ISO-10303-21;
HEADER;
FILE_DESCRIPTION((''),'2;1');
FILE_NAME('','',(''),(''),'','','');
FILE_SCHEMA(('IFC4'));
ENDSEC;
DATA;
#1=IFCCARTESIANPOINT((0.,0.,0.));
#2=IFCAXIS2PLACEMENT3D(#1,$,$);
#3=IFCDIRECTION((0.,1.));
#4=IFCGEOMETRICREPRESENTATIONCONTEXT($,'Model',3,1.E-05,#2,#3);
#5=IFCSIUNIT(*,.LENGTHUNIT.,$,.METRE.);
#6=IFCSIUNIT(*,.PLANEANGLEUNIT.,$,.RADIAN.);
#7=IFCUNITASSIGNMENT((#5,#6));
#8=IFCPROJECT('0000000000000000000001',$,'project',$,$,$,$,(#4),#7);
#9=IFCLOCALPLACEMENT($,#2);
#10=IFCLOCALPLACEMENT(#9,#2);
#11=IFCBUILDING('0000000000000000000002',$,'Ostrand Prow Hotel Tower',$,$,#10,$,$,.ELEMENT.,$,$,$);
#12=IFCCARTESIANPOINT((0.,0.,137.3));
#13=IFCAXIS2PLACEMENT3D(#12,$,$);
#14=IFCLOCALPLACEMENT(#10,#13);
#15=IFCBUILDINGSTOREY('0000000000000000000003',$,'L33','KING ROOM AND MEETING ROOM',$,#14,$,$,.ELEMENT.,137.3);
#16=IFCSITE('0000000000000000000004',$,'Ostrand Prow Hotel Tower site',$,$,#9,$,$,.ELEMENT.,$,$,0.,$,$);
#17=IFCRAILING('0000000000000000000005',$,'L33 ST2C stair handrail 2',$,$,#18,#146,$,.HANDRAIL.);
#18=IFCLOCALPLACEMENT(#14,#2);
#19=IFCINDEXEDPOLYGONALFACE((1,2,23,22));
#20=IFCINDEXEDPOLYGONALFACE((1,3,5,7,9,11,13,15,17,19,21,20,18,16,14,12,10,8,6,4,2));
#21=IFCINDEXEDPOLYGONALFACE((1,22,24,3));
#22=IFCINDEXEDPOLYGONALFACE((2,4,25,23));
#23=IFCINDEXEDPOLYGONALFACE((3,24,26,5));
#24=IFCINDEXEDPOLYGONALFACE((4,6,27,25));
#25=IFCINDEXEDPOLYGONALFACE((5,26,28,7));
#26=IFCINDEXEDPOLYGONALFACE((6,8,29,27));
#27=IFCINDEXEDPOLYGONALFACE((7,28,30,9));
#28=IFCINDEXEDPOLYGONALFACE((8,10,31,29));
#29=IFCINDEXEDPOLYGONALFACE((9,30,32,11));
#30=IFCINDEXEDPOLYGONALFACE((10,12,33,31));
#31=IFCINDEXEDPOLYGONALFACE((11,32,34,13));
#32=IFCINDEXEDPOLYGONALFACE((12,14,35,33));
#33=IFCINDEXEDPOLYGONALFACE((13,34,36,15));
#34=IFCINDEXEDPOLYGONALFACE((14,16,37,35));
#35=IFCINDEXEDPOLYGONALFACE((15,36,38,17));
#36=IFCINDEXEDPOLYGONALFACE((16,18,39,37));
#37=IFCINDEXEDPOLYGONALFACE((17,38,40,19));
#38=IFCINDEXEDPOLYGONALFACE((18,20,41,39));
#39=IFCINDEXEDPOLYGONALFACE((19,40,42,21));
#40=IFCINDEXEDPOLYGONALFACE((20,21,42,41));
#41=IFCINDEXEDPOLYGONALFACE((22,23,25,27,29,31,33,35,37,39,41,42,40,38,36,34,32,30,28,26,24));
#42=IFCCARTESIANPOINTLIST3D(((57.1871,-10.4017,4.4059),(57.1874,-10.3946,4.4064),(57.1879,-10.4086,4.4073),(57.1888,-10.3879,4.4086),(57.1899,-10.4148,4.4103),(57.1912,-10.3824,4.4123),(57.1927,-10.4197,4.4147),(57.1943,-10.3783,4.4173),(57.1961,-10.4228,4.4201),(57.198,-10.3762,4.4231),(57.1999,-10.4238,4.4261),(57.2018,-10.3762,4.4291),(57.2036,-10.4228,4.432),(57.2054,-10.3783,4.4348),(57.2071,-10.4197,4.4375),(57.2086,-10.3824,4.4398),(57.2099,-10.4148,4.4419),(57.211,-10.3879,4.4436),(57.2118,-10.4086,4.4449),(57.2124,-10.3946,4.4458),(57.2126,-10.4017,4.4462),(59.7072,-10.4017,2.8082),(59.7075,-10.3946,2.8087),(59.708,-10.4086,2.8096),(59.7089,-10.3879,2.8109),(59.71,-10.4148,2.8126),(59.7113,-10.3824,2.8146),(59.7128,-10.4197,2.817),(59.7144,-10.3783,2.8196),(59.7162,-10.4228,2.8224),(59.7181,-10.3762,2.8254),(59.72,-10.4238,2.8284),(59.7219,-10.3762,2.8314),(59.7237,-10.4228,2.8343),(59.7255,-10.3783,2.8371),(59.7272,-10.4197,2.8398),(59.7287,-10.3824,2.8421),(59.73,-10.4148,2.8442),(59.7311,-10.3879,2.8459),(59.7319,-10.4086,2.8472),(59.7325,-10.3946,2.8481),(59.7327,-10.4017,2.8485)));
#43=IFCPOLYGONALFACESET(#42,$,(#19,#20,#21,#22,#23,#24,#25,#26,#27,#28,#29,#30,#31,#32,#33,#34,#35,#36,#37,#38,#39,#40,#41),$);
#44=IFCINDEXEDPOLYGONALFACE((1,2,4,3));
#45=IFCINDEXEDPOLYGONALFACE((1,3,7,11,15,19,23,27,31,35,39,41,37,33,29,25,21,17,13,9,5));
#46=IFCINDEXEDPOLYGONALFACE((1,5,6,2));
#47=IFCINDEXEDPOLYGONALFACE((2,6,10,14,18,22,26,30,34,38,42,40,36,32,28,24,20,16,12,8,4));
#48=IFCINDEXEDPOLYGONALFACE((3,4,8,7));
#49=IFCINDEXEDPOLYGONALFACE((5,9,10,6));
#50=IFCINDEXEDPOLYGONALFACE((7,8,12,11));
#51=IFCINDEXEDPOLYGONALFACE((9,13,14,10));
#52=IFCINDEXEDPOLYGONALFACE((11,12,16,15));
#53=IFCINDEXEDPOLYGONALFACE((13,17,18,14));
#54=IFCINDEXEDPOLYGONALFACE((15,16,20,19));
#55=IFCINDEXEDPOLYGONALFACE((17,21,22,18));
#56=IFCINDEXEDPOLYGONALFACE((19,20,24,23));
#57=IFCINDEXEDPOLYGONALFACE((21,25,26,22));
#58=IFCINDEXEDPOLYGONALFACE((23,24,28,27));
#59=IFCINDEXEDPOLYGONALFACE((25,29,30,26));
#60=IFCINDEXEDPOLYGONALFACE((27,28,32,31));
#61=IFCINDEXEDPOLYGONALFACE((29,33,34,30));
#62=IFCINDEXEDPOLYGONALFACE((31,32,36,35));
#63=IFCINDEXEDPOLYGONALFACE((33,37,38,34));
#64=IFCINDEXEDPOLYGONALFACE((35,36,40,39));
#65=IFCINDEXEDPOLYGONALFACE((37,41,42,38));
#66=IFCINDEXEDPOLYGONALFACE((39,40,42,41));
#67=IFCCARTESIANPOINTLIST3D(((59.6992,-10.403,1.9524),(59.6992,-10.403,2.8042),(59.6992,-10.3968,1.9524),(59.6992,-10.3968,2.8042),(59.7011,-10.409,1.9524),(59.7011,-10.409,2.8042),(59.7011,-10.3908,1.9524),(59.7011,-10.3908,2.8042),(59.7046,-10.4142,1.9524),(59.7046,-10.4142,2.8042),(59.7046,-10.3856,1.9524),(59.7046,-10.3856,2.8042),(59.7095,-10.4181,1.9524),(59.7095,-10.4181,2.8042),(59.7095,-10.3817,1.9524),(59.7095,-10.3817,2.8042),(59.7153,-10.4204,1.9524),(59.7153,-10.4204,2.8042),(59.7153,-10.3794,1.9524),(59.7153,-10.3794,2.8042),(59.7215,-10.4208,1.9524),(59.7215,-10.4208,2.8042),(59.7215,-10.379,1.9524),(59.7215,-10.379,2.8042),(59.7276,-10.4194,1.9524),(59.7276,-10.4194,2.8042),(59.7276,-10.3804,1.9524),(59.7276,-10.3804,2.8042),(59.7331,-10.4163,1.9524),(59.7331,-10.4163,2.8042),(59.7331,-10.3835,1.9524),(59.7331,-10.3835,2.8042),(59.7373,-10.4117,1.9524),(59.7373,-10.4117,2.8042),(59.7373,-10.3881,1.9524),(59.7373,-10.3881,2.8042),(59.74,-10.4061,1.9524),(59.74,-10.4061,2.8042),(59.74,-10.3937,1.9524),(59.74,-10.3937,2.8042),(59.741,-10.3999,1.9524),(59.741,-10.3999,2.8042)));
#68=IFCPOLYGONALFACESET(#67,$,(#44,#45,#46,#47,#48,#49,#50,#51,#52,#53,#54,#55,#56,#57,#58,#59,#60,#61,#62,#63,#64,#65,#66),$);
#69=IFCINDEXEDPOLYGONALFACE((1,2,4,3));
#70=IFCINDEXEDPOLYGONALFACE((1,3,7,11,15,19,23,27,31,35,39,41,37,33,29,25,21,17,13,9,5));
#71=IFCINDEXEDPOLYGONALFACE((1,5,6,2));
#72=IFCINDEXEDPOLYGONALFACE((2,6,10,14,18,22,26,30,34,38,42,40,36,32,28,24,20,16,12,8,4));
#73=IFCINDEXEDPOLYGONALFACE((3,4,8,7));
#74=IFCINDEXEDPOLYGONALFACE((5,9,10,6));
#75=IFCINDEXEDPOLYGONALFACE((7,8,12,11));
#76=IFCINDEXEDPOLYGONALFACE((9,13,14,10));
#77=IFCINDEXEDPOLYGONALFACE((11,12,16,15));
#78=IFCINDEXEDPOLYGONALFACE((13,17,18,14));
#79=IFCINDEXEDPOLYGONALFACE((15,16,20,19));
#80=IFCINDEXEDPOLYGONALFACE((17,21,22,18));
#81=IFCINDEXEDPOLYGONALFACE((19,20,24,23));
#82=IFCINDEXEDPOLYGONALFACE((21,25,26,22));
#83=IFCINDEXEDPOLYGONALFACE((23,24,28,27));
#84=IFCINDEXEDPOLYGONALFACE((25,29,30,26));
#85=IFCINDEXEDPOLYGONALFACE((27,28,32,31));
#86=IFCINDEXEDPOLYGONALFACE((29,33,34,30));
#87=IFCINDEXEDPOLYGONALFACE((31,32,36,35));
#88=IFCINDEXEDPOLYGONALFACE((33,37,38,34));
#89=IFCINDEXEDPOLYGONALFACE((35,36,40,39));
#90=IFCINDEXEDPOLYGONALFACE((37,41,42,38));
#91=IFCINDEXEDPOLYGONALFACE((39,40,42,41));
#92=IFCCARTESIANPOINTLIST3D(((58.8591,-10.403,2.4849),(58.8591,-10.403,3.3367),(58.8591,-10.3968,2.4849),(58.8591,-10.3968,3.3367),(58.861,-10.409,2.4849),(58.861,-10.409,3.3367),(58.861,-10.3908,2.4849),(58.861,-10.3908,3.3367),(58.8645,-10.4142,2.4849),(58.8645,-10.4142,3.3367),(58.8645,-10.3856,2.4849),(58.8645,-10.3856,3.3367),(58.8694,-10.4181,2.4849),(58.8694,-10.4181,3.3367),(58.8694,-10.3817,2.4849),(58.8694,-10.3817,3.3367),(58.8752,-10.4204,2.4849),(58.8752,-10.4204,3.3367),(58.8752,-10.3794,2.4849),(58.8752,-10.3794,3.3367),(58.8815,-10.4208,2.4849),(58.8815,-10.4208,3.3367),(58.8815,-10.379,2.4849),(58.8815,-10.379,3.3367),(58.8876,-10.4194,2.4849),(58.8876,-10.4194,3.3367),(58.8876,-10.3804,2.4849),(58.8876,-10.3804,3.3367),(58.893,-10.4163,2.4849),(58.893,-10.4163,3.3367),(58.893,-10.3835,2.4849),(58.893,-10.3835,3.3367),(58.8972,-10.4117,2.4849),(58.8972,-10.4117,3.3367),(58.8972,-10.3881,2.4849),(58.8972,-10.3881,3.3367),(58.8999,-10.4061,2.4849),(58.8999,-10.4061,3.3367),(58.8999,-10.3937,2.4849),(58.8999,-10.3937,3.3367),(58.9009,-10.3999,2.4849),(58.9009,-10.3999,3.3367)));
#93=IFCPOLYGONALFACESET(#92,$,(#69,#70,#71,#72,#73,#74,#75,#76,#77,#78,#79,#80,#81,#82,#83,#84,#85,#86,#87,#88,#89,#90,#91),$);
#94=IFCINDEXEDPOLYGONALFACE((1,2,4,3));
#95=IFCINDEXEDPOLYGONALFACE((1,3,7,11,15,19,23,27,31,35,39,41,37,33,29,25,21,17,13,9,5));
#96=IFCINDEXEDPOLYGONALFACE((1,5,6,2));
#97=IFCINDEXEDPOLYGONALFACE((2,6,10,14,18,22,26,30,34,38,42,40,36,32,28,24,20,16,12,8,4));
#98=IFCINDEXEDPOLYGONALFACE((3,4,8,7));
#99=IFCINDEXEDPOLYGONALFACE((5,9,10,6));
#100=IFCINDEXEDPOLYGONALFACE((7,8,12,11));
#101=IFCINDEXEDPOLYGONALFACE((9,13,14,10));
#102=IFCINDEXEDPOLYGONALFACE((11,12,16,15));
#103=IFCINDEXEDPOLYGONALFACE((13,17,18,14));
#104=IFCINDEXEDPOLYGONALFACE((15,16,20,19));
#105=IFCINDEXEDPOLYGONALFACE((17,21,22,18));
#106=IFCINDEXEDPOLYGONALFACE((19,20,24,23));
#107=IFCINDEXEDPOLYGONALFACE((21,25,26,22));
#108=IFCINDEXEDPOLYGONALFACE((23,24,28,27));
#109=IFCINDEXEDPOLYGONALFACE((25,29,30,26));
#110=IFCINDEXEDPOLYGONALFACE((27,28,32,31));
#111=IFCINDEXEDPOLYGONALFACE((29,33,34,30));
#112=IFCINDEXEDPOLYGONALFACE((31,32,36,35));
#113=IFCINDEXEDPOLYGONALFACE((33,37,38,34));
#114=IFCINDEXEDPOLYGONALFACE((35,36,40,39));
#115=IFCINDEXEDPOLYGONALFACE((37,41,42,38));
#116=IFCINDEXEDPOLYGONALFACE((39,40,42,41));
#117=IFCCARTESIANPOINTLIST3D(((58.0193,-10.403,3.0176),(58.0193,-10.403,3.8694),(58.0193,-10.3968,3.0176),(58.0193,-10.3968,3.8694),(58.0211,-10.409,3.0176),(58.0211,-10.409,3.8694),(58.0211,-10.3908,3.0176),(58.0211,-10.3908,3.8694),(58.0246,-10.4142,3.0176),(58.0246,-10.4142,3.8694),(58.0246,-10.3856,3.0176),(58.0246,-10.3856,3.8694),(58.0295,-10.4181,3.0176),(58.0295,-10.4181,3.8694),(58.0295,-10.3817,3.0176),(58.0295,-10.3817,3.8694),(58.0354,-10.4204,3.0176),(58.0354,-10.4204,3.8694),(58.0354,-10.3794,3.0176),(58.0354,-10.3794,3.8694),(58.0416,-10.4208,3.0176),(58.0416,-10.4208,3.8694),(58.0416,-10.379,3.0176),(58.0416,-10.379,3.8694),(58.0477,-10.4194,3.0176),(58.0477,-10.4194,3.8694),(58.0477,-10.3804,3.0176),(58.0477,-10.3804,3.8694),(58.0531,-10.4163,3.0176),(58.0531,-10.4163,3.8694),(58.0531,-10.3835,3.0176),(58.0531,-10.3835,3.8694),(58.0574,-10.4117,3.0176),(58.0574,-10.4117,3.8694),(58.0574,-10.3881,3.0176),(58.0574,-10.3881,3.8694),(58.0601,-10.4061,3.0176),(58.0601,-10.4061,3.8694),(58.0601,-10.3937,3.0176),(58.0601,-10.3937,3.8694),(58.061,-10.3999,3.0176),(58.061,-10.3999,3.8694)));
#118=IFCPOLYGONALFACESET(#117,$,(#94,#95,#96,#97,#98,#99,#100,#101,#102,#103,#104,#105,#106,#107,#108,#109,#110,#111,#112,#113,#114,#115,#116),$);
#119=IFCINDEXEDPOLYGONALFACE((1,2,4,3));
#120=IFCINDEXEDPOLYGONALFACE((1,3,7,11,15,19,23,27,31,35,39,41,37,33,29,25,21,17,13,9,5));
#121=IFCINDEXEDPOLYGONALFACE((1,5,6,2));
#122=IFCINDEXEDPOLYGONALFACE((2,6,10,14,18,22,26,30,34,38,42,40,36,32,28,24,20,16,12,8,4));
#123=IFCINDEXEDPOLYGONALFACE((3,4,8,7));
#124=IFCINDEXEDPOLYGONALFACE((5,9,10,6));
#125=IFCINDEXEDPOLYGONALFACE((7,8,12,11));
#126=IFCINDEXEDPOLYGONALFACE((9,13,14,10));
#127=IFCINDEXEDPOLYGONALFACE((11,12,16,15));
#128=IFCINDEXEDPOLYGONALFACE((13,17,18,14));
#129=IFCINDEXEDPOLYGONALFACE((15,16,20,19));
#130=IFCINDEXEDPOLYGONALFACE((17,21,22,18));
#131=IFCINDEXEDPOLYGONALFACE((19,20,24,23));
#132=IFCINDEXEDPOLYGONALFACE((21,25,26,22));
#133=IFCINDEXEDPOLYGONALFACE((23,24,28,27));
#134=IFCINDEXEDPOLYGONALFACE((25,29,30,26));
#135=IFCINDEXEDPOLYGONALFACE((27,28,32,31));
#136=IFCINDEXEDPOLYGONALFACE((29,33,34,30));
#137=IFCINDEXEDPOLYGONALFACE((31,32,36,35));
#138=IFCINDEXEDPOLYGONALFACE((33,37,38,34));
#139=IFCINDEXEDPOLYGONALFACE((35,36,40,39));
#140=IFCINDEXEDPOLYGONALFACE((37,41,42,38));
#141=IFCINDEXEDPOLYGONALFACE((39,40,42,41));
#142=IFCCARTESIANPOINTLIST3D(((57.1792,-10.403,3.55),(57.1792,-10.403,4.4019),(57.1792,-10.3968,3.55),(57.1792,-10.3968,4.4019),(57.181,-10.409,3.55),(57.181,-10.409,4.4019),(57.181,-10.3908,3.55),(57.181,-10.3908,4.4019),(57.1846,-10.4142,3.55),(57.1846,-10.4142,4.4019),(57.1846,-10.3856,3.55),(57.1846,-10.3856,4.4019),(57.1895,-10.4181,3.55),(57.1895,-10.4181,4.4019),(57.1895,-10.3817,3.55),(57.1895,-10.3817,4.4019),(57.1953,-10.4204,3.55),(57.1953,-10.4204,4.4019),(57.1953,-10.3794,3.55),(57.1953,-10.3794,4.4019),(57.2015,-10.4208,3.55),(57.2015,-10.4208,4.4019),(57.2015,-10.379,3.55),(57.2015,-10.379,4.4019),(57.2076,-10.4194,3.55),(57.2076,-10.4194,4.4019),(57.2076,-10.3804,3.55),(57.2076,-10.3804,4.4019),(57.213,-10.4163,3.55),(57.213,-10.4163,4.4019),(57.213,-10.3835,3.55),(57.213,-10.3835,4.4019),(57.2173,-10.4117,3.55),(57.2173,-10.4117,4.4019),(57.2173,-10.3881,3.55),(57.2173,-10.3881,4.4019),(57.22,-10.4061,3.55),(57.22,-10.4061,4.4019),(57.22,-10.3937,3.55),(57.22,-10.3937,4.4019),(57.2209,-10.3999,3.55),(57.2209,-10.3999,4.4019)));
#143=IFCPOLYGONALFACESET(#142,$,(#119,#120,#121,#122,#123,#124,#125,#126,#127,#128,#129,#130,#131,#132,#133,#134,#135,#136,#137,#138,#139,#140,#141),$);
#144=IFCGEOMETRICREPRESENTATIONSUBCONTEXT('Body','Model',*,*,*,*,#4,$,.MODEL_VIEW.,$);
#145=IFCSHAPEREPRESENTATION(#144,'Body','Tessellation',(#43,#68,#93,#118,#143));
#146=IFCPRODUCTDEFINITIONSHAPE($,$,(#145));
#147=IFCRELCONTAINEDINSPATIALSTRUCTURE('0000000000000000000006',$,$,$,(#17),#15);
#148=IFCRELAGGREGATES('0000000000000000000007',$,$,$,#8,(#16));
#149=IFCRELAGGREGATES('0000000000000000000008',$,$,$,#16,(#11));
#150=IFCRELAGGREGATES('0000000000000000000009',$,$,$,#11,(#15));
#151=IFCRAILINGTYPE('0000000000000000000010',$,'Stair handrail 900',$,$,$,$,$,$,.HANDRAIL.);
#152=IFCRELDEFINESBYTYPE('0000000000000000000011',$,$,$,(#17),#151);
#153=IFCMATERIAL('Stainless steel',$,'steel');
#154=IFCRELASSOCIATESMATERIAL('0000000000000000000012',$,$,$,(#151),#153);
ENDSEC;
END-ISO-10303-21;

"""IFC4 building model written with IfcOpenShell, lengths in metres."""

from ifc_helpers import new_model, si_unit, direction, frame, origin, origin_2d, place, context, subcontext, project, spatial, circle, extrude, material, type_object, element, save


model = new_model("IFC4")

# Units and contexts
model_context = context("Model", 3, precision=1e-05, world=origin(), true_north=direction((0.0, 1.0)))
body_context = subcontext(model_context, "Body", "Model", "MODEL_VIEW")
ifc_project = project(units=[si_unit("LENGTHUNIT", "METRE"), si_unit("PLANEANGLEUNIT", "RADIAN")], contexts=[model_context])

# Site, building, storey
site_placement = place(None, origin())
site = spatial("IfcSite", under=ifc_project, at=site_placement, Name="Ostrand Prow Hotel Tower site", CompositionType="ELEMENT", RefElevation=0.0)
building_placement = place(site_placement, origin())
building = spatial("IfcBuilding", under=site, at=building_placement, Name="Ostrand Prow Hotel Tower", CompositionType="ELEMENT")
storey_placement = place(building_placement, frame((0.0, 0.0, 137.3)))
storey = spatial("IfcBuildingStorey", under=building, at=storey_placement, Name="L33", Description="KING ROOM AND MEETING ROOM", CompositionType="ELEMENT", Elevation=137.3)

# Railing
ifc_material_1 = material(Name="Stainless steel", Category="steel")
railing_type_1 = type_object("IfcRailingType", Name="Stair handrail 900", PredefinedType="HANDRAIL", material=ifc_material_1)
railing_1_placement = place(storey_placement, frame((59.72, -10.3999, 1.9524)))
element("IfcRailing", 1, at=railing_1_placement, inside=storey, type_object=railing_type_1, Name="L33 ST2C stair handrail 2", PredefinedType="HANDRAIL", context=body_context, shape_type="SweptSolid", body=[
    extrude(circle(Radius=0.0239, at=origin_2d()), frame((0.0, 0.0, 0.876), z_axis=(-0.84457, 0.0, 0.535445), x_axis=(0.0, -1.0, 0.0)), (0.0, 0.0, 1.0), 2.9839),
    extrude(circle(Radius=0.021, at=origin_2d()), origin(), (0.0, 0.0, 1.0), 0.8518),
    extrude(circle(Radius=0.021, at=origin_2d()), frame((-0.8401, 0.0, 0.5325)), (0.0, 0.0, 1.0), 0.8518),
    extrude(circle(Radius=0.021, at=origin_2d()), frame((-1.6799, 0.0, 1.0652)), (0.0, 0.0, 1.0), 0.8518),
    extrude(circle(Radius=0.021, at=origin_2d()), frame((-2.52, 0.0, 1.5977)), (0.0, 0.0, 1.0), 0.8518),
])

save(model, "model.ifc")
